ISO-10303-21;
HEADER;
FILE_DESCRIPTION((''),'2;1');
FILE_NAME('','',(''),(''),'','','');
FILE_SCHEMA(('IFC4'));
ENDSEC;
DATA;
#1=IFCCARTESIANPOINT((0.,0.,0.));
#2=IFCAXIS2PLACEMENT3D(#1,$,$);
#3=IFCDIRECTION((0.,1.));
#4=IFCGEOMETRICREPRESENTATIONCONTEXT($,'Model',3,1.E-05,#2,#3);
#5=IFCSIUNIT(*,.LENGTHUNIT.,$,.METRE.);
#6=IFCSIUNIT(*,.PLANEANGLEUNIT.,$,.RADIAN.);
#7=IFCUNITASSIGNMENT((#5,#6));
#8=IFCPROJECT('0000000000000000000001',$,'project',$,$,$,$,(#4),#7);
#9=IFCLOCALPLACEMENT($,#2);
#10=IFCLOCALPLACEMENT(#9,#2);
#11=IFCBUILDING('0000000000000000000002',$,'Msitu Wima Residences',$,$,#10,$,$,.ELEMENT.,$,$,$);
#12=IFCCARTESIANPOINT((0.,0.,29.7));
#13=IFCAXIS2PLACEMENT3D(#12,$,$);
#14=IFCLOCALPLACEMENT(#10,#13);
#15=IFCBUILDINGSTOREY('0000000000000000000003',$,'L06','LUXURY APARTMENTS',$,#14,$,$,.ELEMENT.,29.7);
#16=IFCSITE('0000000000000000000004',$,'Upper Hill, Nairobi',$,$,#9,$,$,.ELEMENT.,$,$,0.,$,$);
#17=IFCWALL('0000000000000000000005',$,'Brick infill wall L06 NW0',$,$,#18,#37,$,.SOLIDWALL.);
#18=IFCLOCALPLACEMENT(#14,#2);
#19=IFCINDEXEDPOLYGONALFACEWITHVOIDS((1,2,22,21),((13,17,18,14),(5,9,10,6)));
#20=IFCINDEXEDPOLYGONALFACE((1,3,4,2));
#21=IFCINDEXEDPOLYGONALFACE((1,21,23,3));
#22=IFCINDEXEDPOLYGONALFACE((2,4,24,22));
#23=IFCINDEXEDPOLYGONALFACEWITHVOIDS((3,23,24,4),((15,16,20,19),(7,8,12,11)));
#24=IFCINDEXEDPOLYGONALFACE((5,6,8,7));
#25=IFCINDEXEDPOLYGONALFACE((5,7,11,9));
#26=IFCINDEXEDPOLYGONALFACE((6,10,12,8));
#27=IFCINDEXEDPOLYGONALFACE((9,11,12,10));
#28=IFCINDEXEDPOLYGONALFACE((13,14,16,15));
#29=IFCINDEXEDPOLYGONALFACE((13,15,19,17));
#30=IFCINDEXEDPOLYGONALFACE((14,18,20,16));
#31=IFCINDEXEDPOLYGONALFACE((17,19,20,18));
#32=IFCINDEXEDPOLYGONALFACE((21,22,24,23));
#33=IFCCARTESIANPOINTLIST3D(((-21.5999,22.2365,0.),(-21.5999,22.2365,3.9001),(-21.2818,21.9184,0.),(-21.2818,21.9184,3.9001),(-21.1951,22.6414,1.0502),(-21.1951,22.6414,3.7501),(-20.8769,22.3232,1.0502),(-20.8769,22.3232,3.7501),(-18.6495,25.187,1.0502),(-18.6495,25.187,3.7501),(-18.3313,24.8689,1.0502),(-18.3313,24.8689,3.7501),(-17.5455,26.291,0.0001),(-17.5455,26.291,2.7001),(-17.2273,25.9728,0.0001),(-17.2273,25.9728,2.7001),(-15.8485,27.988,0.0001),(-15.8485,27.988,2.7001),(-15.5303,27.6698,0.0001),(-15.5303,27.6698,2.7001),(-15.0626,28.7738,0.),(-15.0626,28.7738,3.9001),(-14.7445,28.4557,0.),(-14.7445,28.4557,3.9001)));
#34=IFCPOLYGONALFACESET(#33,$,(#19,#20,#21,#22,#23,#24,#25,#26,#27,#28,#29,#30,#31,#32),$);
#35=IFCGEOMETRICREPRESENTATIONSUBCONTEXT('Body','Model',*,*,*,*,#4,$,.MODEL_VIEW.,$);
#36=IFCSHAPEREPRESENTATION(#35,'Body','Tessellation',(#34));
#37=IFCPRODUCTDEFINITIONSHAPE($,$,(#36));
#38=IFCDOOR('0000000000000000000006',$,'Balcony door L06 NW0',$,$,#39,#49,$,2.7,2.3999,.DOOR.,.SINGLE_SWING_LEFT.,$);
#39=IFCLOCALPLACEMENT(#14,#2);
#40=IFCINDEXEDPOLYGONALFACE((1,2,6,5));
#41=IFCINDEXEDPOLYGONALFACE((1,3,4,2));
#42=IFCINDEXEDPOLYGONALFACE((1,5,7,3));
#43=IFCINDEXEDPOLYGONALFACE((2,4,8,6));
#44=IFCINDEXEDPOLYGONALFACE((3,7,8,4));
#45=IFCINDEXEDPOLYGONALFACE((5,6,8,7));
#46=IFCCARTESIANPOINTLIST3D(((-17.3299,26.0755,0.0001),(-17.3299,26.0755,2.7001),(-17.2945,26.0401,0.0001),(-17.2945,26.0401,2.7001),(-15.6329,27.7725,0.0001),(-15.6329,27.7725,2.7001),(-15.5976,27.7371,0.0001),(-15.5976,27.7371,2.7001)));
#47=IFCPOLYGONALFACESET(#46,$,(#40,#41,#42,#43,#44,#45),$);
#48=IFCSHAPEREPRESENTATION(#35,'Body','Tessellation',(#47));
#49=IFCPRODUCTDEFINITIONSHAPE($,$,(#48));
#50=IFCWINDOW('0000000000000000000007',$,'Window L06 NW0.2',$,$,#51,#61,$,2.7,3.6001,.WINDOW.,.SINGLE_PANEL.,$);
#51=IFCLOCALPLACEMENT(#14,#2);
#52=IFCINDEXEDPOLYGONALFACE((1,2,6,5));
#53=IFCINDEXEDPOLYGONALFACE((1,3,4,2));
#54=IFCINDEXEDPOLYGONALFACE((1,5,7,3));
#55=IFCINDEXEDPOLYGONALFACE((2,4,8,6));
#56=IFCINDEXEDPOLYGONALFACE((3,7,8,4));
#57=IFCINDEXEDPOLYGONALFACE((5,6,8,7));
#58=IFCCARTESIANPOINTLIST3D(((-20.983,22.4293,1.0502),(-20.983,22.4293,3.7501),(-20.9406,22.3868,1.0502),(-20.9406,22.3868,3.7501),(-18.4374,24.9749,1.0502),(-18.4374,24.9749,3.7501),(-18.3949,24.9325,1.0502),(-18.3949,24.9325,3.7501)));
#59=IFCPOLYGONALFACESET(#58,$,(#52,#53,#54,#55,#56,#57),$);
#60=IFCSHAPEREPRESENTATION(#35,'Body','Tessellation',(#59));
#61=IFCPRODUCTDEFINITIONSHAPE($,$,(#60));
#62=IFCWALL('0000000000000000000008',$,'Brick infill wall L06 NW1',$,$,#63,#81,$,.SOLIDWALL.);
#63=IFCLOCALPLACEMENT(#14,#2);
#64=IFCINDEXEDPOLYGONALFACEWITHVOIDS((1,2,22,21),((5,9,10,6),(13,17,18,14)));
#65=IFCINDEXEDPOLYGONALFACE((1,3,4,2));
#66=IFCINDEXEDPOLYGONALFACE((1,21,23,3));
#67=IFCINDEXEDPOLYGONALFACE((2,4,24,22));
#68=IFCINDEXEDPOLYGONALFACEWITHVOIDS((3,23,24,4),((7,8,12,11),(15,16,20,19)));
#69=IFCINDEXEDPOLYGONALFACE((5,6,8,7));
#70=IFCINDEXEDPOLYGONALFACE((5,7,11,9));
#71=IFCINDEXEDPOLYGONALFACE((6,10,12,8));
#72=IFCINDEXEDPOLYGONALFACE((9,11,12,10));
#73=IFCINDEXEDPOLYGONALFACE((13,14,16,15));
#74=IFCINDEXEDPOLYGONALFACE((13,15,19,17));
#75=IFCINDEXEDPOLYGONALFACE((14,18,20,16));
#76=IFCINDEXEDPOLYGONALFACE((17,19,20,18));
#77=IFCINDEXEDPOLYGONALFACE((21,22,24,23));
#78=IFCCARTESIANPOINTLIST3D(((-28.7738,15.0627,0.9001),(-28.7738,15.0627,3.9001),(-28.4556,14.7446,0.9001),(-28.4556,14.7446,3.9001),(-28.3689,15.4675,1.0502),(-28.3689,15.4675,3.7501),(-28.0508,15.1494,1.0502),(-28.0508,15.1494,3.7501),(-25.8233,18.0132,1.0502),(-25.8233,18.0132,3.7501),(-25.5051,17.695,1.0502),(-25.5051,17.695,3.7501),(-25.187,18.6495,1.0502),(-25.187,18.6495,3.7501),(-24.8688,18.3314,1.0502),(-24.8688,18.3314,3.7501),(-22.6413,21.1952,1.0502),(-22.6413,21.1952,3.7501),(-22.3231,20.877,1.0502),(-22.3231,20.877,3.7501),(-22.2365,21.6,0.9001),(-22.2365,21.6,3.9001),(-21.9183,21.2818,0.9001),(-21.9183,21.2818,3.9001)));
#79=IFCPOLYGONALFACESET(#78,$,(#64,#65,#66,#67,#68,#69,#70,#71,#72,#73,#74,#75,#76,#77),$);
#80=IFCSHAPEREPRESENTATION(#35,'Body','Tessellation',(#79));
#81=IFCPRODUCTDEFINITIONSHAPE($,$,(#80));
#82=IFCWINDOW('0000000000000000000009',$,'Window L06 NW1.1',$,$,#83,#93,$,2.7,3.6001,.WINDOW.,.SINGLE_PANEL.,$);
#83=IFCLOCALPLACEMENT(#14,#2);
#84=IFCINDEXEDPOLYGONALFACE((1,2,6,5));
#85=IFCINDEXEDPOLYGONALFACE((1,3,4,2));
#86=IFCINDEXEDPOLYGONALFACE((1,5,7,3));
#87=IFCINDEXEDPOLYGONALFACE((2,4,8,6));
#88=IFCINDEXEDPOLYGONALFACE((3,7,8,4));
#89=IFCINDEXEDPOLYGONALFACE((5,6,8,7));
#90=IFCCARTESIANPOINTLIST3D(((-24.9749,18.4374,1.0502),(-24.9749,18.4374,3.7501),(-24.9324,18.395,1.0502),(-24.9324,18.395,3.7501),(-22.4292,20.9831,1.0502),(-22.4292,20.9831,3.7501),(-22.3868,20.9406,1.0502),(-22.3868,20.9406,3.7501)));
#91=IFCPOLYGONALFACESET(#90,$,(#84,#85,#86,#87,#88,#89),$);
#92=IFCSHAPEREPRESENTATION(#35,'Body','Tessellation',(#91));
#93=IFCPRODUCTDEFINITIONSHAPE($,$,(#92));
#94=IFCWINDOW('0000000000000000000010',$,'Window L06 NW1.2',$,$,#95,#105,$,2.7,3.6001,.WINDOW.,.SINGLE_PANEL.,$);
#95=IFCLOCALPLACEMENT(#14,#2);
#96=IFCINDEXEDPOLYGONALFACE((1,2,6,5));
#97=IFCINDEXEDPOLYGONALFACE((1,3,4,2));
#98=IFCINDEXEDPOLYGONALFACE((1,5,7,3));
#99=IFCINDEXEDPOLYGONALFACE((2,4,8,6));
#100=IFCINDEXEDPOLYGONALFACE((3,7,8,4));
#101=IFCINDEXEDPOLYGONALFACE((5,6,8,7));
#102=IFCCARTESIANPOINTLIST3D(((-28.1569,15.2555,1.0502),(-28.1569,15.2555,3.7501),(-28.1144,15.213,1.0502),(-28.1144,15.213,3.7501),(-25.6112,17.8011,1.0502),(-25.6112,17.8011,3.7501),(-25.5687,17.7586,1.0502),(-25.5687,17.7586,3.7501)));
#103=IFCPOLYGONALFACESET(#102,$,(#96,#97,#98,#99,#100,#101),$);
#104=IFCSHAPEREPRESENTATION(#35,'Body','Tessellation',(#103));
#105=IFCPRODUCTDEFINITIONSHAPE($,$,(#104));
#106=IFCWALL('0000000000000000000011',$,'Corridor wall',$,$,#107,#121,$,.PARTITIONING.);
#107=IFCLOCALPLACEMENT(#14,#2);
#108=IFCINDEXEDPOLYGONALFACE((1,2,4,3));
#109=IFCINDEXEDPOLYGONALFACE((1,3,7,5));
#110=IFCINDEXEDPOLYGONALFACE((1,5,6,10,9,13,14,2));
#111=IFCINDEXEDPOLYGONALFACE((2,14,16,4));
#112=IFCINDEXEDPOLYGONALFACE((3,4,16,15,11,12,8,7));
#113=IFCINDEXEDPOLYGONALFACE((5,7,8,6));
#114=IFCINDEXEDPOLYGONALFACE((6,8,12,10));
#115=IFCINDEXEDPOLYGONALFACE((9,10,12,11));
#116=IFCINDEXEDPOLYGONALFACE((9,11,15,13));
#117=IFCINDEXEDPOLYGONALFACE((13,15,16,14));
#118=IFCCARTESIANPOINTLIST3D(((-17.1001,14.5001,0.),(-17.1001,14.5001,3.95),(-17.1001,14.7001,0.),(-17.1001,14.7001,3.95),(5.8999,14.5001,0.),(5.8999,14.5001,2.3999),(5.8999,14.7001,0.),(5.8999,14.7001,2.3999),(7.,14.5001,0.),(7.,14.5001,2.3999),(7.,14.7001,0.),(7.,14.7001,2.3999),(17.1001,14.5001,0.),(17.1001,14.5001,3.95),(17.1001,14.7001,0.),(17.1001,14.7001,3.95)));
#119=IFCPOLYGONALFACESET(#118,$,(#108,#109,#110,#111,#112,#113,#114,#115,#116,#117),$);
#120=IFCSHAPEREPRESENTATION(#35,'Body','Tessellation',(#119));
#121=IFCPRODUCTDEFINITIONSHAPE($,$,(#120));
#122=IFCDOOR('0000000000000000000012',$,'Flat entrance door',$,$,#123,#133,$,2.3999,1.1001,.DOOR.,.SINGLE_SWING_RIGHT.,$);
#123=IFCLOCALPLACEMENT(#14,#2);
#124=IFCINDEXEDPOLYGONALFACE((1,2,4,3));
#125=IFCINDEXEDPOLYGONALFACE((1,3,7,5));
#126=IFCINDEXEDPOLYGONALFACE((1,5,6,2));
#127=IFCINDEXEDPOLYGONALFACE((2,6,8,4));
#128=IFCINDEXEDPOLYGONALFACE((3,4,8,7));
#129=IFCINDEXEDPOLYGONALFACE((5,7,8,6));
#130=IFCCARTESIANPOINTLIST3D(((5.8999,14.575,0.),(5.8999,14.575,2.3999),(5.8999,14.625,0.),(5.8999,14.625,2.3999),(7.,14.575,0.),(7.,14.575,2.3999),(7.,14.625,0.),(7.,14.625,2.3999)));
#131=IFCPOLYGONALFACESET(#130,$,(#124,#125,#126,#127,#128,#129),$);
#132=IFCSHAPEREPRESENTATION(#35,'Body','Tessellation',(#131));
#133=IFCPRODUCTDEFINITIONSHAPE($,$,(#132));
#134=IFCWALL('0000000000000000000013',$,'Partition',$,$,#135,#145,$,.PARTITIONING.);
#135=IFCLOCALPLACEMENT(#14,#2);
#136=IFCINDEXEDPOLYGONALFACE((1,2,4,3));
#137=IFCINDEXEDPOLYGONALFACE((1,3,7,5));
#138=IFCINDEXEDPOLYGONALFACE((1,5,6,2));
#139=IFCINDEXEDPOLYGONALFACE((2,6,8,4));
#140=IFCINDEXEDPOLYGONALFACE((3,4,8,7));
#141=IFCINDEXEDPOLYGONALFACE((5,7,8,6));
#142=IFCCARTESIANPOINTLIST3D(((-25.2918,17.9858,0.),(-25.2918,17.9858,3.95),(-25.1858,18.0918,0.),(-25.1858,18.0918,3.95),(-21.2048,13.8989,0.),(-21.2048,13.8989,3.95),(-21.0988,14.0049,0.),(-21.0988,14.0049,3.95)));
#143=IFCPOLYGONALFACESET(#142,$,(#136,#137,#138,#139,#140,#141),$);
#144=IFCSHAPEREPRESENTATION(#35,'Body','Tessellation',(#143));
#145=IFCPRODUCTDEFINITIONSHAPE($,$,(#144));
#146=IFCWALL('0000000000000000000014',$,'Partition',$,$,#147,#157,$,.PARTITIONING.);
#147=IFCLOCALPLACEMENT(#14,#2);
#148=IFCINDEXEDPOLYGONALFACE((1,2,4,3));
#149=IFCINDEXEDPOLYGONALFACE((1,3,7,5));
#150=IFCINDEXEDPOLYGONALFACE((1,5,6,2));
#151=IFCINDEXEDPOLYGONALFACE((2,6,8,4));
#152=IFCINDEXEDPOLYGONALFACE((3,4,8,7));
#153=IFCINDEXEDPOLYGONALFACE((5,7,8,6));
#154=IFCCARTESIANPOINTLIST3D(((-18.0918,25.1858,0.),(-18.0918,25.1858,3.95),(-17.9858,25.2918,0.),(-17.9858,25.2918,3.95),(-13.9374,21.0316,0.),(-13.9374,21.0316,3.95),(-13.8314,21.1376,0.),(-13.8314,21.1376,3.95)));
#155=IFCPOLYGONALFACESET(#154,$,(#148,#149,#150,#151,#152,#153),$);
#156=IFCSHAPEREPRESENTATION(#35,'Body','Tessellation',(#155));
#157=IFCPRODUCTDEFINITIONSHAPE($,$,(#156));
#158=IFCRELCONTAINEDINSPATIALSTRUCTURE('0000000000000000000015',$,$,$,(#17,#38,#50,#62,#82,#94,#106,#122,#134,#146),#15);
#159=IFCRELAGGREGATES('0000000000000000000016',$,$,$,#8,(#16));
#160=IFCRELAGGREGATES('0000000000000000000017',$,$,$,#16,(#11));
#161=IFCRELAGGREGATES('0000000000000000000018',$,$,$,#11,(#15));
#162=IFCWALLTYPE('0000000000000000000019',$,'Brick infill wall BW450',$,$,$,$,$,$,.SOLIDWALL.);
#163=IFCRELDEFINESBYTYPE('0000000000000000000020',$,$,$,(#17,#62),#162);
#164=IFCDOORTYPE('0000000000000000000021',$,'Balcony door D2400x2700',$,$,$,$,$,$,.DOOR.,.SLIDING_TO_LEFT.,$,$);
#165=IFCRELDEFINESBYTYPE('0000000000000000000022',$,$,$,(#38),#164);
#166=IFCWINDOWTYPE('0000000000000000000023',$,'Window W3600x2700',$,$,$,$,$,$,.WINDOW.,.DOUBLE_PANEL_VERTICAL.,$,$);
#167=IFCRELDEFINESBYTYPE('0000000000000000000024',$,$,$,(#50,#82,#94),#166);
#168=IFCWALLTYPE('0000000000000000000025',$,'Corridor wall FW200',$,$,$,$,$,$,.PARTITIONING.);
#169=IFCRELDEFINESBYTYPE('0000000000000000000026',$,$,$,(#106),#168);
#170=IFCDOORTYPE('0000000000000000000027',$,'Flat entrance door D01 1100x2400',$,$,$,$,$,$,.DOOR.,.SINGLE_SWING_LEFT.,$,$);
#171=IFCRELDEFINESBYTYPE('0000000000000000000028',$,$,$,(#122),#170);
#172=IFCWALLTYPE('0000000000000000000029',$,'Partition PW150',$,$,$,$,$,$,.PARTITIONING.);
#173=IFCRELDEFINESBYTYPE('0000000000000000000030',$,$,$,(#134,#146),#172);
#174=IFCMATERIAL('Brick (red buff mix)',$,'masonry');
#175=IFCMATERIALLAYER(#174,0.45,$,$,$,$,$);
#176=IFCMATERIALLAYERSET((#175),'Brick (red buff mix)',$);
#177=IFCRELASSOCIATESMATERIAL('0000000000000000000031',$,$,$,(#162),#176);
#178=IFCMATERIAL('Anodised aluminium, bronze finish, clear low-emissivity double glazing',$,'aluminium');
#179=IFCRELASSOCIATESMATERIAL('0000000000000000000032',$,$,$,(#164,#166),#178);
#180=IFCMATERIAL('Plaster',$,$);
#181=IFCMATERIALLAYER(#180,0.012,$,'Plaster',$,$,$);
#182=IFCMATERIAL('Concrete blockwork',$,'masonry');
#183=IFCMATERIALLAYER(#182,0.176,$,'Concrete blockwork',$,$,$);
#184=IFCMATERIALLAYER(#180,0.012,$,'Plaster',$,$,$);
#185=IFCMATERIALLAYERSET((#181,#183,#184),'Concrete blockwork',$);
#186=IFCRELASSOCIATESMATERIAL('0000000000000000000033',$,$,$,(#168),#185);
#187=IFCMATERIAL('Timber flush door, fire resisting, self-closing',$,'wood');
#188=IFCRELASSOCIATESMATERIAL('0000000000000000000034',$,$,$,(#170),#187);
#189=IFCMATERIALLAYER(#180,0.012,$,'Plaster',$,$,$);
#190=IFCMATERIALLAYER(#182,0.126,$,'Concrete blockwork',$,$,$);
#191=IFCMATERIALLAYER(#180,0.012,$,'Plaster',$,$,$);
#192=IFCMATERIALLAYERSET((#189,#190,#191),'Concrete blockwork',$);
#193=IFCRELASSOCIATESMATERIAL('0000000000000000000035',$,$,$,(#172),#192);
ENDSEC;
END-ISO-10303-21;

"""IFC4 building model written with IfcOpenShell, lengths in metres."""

from ifc_helpers import new_model, si_unit, direction, frame, frame_2d, origin, place, context, subcontext, project, spatial, rectangle, extrude, material, layer, layer_set, type_object, element, fill, save


model = new_model("IFC4")

# Units and contexts
model_context = context("Model", 3, precision=1e-05, world=origin(), true_north=direction((0.0, 1.0)))
body_context = subcontext(model_context, "Body", "Model", "MODEL_VIEW")
ifc_project = project(units=[si_unit("LENGTHUNIT", "METRE"), si_unit("PLANEANGLEUNIT", "RADIAN")], contexts=[model_context])

# Site, building, storey
site_placement = place(None, origin())
site = spatial("IfcSite", under=ifc_project, at=site_placement, Name="Upper Hill, Nairobi", CompositionType="ELEMENT", RefElevation=0.0)
building_placement = place(site_placement, origin())
building = spatial("IfcBuilding", under=site, at=building_placement, Name="Msitu Wima Residences", CompositionType="ELEMENT")
storey_placement = place(building_placement, frame((0.0, 0.0, 29.7)))
storey = spatial("IfcBuildingStorey", under=building, at=storey_placement, Name="L06", Description="LUXURY APARTMENTS", CompositionType="ELEMENT", Elevation=29.7)

# Wall, openings, door, window
ifc_material_1 = material(Name="Brick (red buff mix)", Category="masonry")
ifc_layer_1 = layer(ifc_material_1, 0.45)
ifc_layer_set_1 = layer_set([ifc_layer_1], Name="Brick (red buff mix)")
wall_type_1 = type_object("IfcWallType", Name="Brick infill wall BW450", PredefinedType="SOLIDWALL", material=ifc_layer_set_1)
wall_1_placement = place(storey_placement, frame((-14.9036, 28.6147, 0.0), z_axis=(0.0, 0.0, 1.0), x_axis=(-0.707107, -0.707107, 0.0)))
wall_1 = element("IfcWall", 1, at=wall_1_placement, inside=storey, type_object=wall_type_1, Name="Brick infill wall L06 NW0", PredefinedType="SOLIDWALL", context=body_context, shape_type="SweptSolid", body=[
    extrude(rectangle(XDim=9.2451, YDim=0.45, at=frame_2d((4.6226, 0.0))), origin(), (0.0, 0.0, 1.0), 3.9001),
])
opening_1_placement = place(wall_1_placement, frame((1.1113, 0.0, 0.0)))
opening_1 = element("IfcOpeningElement", 2, at=opening_1_placement, cuts=wall_1, PredefinedType="OPENING", context=body_context, shape_type="SweptSolid", body=[
    extrude(rectangle(XDim=2.3999, YDim=2.7, at=frame_2d((1.2, 1.3501))), frame((0.0, 0.2349, 0.0), z_axis=(0.0, -1.0, 0.0), x_axis=(1.0, 0.0, 0.0)), (0.0, 0.0, 1.0), 0.47),
])
opening_2_placement = place(wall_1_placement, frame((5.0725, 0.0, 1.05)))
opening_2 = element("IfcOpeningElement", 3, at=opening_2_placement, cuts=wall_1, PredefinedType="OPENING", context=body_context, shape_type="SweptSolid", body=[
    extrude(rectangle(XDim=3.6001, YDim=2.7, at=frame_2d((1.8, 1.3501))), frame((0.0, 0.2349, 0.0), z_axis=(0.0, -1.0, 0.0), x_axis=(1.0, 0.0, 0.0)), (0.0, 0.0, 1.0), 0.47),
])
ifc_material_2 = material(Name="Anodised aluminium, bronze finish, clear low-emissivity double glazing", Category="aluminium")
door_type_1 = type_object("IfcDoorType", Name="Balcony door D2400x2700", OperationType="SLIDING_TO_LEFT", PredefinedType="DOOR", material=ifc_material_2)
door_1_placement = place(opening_1_placement, origin())
door_1 = element("IfcDoor", 4, at=door_1_placement, inside=storey, type_object=door_type_1, Name="Balcony door L06 NW0", OperationType="SINGLE_SWING_LEFT", OverallHeight=2.7, OverallWidth=2.3999, PredefinedType="DOOR", context=body_context, shape_type="SweptSolid", body=[
    extrude(rectangle(XDim=2.3999, YDim=2.7, at=frame_2d((1.2, 1.3501))), frame((0.0, 0.1299, 0.0), z_axis=(0.0, -1.0, 0.0), x_axis=(1.0, 0.0, 0.0)), (0.0, 0.0, 1.0), 0.05),
])
fill(opening_1, door_1)
window_type = type_object("IfcWindowType", Name="Window W3600x2700", PartitioningType="DOUBLE_PANEL_VERTICAL", PredefinedType="WINDOW", material=ifc_material_2)
window_1_placement = place(opening_2_placement, origin())
window_1 = element("IfcWindow", 5, at=window_1_placement, inside=storey, type_object=window_type, Name="Window L06 NW0.2", OverallHeight=2.7, OverallWidth=3.6001, PartitioningType="SINGLE_PANEL", PredefinedType="WINDOW", context=body_context, shape_type="SweptSolid", body=[
    extrude(rectangle(XDim=3.6001, YDim=2.7, at=frame_2d((1.8, 1.3501))), frame((0.0, 0.135, 0.0), z_axis=(0.0, -1.0, 0.0), x_axis=(1.0, 0.0, 0.0)), (0.0, 0.0, 1.0), 0.0601),
])
fill(opening_2, window_1)

# Wall, openings, windows
wall_2_placement = place(storey_placement, frame((-22.0774, 21.4409, 0.9001), z_axis=(0.0, 0.0, 1.0), x_axis=(-0.707107, -0.707107, 0.0)))
wall_2 = element("IfcWall", 6, at=wall_2_placement, inside=storey, type_object=wall_type_1, Name="Brick infill wall L06 NW1", PredefinedType="SOLIDWALL", context=body_context, shape_type="SweptSolid", body=[
    extrude(rectangle(XDim=9.2451, YDim=0.45, at=frame_2d((4.6226, 0.0))), origin(), (0.0, 0.0, 1.0), 3.0),
])
opening_3_placement = place(wall_2_placement, frame((0.5725, 0.0, 0.1499)))
opening_3 = element("IfcOpeningElement", 7, at=opening_3_placement, cuts=wall_2, PredefinedType="OPENING", context=body_context, shape_type="SweptSolid", body=[
    extrude(rectangle(XDim=3.6001, YDim=2.7, at=frame_2d((1.8, 1.3501))), frame((0.0, 0.2349, 0.0), z_axis=(0.0, -1.0, 0.0), x_axis=(1.0, 0.0, 0.0)), (0.0, 0.0, 1.0), 0.47),
])
opening_4_placement = place(wall_2_placement, frame((5.0725, 0.0, 0.1499)))
opening_4 = element("IfcOpeningElement", 8, at=opening_4_placement, cuts=wall_2, PredefinedType="OPENING", context=body_context, shape_type="SweptSolid", body=[
    extrude(rectangle(XDim=3.6001, YDim=2.7, at=frame_2d((1.8, 1.3501))), frame((0.0, 0.2349, 0.0), z_axis=(0.0, -1.0, 0.0), x_axis=(1.0, 0.0, 0.0)), (0.0, 0.0, 1.0), 0.47),
])
window_2_placement = place(opening_3_placement, origin())
window_2 = element("IfcWindow", 9, at=window_2_placement, inside=storey, type_object=window_type, Name="Window L06 NW1.1", OverallHeight=2.7, OverallWidth=3.6001, PartitioningType="SINGLE_PANEL", PredefinedType="WINDOW", context=body_context, shape_type="SweptSolid", body=[
    extrude(rectangle(XDim=3.6001, YDim=2.7, at=frame_2d((1.8, 1.3501))), frame((0.0, 0.135, 0.0), z_axis=(0.0, -1.0, 0.0), x_axis=(1.0, 0.0, 0.0)), (0.0, 0.0, 1.0), 0.0601),
])
fill(opening_3, window_2)
window_3_placement = place(opening_4_placement, origin())
window_3 = element("IfcWindow", 10, at=window_3_placement, inside=storey, type_object=window_type, Name="Window L06 NW1.2", OverallHeight=2.7, OverallWidth=3.6001, PartitioningType="SINGLE_PANEL", PredefinedType="WINDOW", context=body_context, shape_type="SweptSolid", body=[
    extrude(rectangle(XDim=3.6001, YDim=2.7, at=frame_2d((1.8, 1.3501))), frame((0.0, 0.135, 0.0), z_axis=(0.0, -1.0, 0.0), x_axis=(1.0, 0.0, 0.0)), (0.0, 0.0, 1.0), 0.0601),
])
fill(opening_4, window_3)

# Wall, opening, door
ifc_material_3 = material(Name="Plaster")
ifc_layer_2 = layer(ifc_material_3, 0.012, Name="Plaster")
ifc_material_4 = material(Name="Concrete blockwork", Category="masonry")
ifc_layer_3 = layer(ifc_material_4, 0.176, Name="Concrete blockwork")
ifc_layer_4 = layer(ifc_material_3, 0.012, Name="Plaster")
ifc_layer_set_2 = layer_set([ifc_layer_2, ifc_layer_3, ifc_layer_4], Name="Concrete blockwork")
wall_type_2 = type_object("IfcWallType", Name="Corridor wall FW200", PredefinedType="PARTITIONING", material=ifc_layer_set_2)
wall_3_placement = place(storey_placement, frame((-17.1001, 14.6001, 0.0), z_axis=(0.0, 0.0, 1.0), x_axis=(1.0, 0.0, 0.0)))
wall_3 = element("IfcWall", 11, at=wall_3_placement, inside=storey, type_object=wall_type_2, Name="Corridor wall", PredefinedType="PARTITIONING", context=body_context, shape_type="SweptSolid", body=[
    extrude(rectangle(XDim=34.2002, YDim=0.2, at=frame_2d((17.1001, 0.0))), origin(), (0.0, 0.0, 1.0), 3.95),
])
opening_5_placement = place(wall_3_placement, frame((23.0, 0.0, 0.0)))
opening_5 = element("IfcOpeningElement", 12, at=opening_5_placement, cuts=wall_3, PredefinedType="OPENING", context=body_context, shape_type="SweptSolid", body=[
    extrude(rectangle(XDim=1.1001, YDim=2.3999, at=frame_2d((0.55, 1.2))), frame((0.0, 0.1099, 0.0), z_axis=(0.0, -1.0, 0.0), x_axis=(1.0, 0.0, 0.0)), (0.0, 0.0, 1.0), 0.22),
])
ifc_material_5 = material(Name="Timber flush door, fire resisting, self-closing", Category="wood")
door_type_2 = type_object("IfcDoorType", Name="Flat entrance door D01 1100x2400", OperationType="SINGLE_SWING_LEFT", PredefinedType="DOOR", material=ifc_material_5)
door_2_placement = place(opening_5_placement, origin())
door_2 = element("IfcDoor", 13, at=door_2_placement, inside=storey, type_object=door_type_2, Name="Flat entrance door", OperationType="SINGLE_SWING_RIGHT", OverallHeight=2.3999, OverallWidth=1.1001, PredefinedType="DOOR", context=body_context, shape_type="SweptSolid", body=[
    extrude(rectangle(XDim=1.1001, YDim=2.3999, at=frame_2d((0.55, 1.2))), frame((0.0, 0.0249, 0.0), z_axis=(0.0, -1.0, 0.0), x_axis=(1.0, 0.0, 0.0)), (0.0, 0.0, 1.0), 0.05),
])
fill(opening_5, door_2)

# Walls
ifc_layer_5 = layer(ifc_material_3, 0.012, Name="Plaster")
ifc_layer_6 = layer(ifc_material_4, 0.126, Name="Concrete blockwork")
ifc_layer_7 = layer(ifc_material_3, 0.012, Name="Plaster")
ifc_layer_set_3 = layer_set([ifc_layer_5, ifc_layer_6, ifc_layer_7], Name="Concrete blockwork")
wall_type_3 = type_object("IfcWallType", Name="Partition PW150", PredefinedType="PARTITIONING", material=ifc_layer_set_3)
wall_4_placement = place(storey_placement, frame((-25.2388, 18.0388, 0.0), z_axis=(0.0, 0.0, 1.0), x_axis=(0.707107, -0.707107, 0.0)))
element("IfcWall", 14, at=wall_4_placement, inside=storey, type_object=wall_type_3, Name="Partition", PredefinedType="PARTITIONING", context=body_context, shape_type="SweptSolid", body=[
    extrude(rectangle(XDim=5.7798, YDim=0.1499, at=frame_2d((2.8899, 0.0))), origin(), (0.0, 0.0, 1.0), 3.95),
])
wall_5_placement = place(storey_placement, frame((-18.0388, 25.2388, 0.0), z_axis=(0.0, 0.0, 1.0), x_axis=(0.707128, -0.707086, 0.0)))
element("IfcWall", 15, at=wall_5_placement, inside=storey, type_object=wall_type_3, Name="Partition", PredefinedType="PARTITIONING", context=body_context, shape_type="SweptSolid", body=[
    extrude(rectangle(XDim=5.875, YDim=0.1499, at=frame_2d((2.9375, 0.0))), origin(), (0.0, 0.0, 1.0), 3.95),
])

save(model, "model.ifc")
